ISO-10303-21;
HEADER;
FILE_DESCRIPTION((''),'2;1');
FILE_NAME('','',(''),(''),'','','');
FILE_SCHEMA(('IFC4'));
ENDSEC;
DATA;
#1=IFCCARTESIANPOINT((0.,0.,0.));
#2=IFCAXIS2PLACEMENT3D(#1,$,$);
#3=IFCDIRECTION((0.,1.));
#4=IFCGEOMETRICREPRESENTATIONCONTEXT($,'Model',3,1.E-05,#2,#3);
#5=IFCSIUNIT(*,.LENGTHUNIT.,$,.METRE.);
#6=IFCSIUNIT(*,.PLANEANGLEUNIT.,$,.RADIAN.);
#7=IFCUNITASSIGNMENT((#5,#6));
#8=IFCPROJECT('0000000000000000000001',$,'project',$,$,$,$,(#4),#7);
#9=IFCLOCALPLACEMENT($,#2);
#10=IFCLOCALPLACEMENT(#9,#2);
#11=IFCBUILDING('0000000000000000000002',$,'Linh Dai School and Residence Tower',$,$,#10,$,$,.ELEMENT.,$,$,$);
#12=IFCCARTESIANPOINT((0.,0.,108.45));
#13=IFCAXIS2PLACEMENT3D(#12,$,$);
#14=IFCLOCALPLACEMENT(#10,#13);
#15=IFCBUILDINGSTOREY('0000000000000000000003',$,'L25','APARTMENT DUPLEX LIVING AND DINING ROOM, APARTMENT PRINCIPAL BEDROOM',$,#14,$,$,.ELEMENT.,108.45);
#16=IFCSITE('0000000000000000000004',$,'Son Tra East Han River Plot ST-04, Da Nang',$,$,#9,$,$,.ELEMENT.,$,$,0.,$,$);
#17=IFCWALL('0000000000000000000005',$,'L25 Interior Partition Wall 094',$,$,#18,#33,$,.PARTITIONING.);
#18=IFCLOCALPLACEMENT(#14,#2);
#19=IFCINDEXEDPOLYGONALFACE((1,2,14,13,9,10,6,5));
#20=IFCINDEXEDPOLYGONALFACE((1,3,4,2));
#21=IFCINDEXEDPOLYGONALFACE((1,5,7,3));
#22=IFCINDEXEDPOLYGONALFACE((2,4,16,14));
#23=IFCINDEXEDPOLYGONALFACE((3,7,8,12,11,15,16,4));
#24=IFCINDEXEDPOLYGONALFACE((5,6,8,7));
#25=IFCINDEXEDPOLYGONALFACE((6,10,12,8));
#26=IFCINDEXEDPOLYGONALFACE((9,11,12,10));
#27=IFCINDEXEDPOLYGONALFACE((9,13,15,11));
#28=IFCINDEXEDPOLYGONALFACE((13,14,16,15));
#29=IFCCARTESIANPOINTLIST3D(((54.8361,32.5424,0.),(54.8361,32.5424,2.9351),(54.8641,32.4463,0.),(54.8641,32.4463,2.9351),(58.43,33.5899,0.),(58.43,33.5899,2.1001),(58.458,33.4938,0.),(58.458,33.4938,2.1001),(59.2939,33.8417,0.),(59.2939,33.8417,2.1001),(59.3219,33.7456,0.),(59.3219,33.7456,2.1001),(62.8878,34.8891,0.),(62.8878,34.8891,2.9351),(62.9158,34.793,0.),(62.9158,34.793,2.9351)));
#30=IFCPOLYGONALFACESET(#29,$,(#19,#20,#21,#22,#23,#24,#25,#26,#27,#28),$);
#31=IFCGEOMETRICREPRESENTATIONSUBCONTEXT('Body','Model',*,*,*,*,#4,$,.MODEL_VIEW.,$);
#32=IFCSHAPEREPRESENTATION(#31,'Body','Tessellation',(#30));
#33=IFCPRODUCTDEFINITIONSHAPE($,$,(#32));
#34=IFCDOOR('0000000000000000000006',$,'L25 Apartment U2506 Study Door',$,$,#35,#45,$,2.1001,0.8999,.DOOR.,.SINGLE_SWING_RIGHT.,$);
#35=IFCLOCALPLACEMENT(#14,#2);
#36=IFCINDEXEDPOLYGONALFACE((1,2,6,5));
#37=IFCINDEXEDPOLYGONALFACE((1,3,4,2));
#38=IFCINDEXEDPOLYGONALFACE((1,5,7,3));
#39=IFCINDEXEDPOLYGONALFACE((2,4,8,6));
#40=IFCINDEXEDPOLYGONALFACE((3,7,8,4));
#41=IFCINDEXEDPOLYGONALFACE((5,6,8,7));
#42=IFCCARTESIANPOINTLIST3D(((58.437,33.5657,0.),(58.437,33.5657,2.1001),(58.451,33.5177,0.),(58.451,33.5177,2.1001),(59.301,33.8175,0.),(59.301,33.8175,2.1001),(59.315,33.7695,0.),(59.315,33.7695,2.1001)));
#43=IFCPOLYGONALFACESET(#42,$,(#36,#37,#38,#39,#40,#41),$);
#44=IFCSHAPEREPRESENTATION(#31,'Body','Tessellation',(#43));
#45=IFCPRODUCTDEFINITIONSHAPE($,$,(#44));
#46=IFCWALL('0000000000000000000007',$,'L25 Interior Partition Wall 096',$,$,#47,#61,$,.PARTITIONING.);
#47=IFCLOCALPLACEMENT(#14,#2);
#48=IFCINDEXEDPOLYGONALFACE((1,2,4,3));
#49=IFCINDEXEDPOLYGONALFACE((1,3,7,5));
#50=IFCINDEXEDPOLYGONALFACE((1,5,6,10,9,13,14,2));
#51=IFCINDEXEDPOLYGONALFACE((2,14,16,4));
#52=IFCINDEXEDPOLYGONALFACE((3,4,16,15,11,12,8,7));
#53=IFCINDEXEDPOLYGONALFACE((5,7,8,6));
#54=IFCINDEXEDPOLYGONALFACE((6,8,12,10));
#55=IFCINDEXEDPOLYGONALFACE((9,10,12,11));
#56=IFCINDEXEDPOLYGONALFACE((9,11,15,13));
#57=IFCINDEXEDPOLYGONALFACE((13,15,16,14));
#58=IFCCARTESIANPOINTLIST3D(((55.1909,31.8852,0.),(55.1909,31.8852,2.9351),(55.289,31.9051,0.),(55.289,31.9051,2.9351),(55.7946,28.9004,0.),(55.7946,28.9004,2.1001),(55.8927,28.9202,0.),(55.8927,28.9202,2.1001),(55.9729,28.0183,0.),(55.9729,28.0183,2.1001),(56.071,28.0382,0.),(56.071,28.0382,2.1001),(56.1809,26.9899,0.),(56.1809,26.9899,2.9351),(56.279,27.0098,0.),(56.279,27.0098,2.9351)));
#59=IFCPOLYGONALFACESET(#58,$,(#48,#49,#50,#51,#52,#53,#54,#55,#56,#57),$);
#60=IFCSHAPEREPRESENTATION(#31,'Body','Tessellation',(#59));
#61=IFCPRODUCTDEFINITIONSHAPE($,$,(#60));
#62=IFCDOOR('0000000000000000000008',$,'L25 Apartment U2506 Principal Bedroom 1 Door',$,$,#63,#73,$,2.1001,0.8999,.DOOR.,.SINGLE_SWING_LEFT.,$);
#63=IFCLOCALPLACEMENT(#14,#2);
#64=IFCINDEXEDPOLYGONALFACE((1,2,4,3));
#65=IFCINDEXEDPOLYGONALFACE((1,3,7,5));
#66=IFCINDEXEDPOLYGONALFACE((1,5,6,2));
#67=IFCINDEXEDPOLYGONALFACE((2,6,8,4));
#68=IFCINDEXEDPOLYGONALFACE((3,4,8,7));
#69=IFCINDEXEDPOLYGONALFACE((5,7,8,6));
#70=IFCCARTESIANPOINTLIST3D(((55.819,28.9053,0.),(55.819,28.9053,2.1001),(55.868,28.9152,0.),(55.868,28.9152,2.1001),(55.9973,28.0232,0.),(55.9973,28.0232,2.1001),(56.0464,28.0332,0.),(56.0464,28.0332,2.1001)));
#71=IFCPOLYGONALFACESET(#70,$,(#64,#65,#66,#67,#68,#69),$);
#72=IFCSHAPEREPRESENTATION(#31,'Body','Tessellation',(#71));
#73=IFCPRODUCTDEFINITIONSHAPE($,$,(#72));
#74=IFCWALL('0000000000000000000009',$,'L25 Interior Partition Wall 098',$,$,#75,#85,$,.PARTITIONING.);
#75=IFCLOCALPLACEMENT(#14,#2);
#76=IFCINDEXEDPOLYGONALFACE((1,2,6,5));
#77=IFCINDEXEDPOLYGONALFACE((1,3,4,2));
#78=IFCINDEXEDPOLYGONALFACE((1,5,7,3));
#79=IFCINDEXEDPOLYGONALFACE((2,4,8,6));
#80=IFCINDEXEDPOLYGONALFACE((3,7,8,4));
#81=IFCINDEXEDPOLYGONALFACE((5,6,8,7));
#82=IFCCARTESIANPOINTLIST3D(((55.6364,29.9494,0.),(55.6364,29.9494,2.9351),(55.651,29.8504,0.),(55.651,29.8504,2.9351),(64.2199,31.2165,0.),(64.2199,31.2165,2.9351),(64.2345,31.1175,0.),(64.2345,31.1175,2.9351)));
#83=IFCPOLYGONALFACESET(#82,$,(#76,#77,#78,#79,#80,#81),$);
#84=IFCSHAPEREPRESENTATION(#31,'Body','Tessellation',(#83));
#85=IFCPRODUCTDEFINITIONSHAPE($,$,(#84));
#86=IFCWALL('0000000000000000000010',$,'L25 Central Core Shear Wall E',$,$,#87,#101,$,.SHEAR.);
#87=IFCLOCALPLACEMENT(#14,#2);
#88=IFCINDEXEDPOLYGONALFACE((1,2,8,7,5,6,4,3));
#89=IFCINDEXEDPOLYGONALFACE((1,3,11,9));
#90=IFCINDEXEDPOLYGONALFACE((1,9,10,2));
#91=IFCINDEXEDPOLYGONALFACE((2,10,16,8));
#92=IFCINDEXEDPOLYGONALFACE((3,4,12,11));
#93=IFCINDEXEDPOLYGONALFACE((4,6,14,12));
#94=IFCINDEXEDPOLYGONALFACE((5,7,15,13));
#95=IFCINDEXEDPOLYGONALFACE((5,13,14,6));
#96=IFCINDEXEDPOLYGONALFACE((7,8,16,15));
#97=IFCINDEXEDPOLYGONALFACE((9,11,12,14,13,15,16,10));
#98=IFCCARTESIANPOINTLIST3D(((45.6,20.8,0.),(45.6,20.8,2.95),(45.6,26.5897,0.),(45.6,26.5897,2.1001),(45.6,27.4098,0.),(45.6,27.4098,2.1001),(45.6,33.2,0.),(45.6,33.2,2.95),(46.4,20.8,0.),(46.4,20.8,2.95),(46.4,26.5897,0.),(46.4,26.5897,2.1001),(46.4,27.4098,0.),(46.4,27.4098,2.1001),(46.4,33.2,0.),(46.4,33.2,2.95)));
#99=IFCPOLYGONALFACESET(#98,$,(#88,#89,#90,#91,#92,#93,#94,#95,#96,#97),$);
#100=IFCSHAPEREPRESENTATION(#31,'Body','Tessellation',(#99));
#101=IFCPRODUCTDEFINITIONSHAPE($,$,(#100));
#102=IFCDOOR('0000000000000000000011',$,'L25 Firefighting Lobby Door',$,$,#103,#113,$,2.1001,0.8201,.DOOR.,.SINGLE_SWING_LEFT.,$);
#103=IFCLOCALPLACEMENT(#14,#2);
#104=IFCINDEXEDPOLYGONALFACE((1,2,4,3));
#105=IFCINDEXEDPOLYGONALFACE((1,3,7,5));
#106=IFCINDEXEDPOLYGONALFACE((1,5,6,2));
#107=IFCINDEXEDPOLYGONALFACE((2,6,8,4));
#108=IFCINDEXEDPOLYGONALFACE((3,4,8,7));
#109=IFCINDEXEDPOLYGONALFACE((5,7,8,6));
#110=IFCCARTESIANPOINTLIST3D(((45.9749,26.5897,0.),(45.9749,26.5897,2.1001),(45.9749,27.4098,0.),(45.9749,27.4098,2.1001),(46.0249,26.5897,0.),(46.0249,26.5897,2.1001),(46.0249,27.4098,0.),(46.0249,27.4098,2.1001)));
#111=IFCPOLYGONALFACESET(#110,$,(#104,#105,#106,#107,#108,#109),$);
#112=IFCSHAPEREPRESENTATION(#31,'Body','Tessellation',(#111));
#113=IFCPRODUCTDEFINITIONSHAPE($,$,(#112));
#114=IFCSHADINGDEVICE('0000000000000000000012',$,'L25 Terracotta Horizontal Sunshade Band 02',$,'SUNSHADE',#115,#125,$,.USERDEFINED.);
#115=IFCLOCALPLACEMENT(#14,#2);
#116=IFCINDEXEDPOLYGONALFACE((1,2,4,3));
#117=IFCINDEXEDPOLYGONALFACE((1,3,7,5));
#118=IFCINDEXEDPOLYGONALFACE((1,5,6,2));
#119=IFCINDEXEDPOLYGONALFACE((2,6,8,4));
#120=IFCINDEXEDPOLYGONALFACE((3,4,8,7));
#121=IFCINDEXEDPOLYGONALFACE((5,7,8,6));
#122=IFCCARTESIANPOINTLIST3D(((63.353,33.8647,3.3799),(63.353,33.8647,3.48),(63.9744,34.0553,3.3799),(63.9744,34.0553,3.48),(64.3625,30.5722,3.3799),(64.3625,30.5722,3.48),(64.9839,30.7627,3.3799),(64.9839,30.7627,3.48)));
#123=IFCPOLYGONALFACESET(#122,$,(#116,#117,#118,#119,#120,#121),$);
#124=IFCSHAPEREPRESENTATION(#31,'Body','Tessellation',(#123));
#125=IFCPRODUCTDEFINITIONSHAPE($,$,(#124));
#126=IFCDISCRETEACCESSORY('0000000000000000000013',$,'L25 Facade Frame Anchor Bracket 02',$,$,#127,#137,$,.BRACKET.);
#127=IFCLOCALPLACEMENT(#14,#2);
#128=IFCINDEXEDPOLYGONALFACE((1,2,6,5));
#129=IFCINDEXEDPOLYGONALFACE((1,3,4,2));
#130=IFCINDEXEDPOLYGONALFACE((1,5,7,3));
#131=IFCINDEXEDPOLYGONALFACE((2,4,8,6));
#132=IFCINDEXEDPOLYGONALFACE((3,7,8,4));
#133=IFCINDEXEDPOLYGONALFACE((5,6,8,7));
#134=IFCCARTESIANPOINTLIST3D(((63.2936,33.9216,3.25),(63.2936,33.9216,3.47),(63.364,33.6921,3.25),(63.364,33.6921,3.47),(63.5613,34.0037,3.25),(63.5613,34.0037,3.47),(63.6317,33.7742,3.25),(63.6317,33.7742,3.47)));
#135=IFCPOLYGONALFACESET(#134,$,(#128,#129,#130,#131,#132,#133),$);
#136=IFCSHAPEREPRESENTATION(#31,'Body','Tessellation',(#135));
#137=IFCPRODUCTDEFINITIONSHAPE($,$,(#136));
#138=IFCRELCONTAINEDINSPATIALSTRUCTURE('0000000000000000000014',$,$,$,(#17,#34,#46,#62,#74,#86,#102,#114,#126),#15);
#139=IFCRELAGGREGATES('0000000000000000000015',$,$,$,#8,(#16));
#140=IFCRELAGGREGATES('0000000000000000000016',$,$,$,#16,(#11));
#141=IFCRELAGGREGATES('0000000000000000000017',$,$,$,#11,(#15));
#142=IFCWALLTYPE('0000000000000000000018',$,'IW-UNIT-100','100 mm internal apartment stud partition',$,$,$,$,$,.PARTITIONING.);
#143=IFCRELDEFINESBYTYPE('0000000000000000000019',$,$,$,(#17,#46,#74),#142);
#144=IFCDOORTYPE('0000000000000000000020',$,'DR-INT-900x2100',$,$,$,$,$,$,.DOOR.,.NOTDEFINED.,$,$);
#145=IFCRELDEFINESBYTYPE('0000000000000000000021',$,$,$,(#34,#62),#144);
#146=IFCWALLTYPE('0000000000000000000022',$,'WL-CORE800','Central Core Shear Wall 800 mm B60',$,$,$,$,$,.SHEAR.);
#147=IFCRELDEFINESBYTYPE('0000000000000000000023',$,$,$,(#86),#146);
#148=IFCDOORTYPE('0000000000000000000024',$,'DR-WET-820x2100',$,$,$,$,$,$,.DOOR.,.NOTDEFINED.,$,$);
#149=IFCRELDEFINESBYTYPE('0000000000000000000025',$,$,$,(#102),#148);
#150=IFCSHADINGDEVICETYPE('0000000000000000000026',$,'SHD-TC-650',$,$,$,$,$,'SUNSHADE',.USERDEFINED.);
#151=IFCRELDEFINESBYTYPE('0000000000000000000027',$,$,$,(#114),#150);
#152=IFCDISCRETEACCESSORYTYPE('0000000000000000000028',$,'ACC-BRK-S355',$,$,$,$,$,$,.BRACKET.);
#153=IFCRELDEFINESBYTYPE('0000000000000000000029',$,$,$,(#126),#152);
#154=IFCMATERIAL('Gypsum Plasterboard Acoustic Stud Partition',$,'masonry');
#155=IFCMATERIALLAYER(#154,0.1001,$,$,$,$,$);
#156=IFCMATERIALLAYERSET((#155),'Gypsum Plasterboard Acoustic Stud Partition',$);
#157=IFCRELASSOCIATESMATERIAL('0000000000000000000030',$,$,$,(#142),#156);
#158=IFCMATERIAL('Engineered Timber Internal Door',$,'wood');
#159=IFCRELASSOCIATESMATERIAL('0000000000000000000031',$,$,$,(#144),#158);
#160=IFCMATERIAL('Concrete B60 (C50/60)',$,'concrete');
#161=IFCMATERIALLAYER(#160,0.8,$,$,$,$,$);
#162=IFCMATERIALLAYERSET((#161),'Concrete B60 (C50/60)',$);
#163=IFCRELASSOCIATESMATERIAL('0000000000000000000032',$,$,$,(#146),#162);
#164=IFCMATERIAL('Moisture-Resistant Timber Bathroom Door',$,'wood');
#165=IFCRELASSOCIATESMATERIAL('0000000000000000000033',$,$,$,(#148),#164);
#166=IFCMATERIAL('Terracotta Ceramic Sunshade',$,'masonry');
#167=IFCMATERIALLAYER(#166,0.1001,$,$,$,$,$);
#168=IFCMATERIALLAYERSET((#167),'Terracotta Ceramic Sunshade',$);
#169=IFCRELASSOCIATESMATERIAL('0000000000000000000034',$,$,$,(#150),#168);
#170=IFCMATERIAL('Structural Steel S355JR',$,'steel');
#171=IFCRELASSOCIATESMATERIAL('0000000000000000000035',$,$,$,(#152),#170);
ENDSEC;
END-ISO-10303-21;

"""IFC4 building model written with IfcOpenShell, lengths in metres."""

from ifc_helpers import new_model, si_unit, direction, frame, frame_2d, origin, origin_2d, place, context, subcontext, project, spatial, rectangle, extrude, source, transform, mapped, material, layer, layer_set, type_object, element, fill, save


model = new_model("IFC4")

# Units and contexts
model_context = context("Model", 3, precision=1e-05, world=origin(), true_north=direction((0.0, 1.0)))
body_context = subcontext(model_context, "Body", "Model", "MODEL_VIEW")
ifc_project = project(units=[si_unit("LENGTHUNIT", "METRE"), si_unit("PLANEANGLEUNIT", "RADIAN")], contexts=[model_context])

# Site, building, storey
site_placement = place(None, origin())
site = spatial("IfcSite", under=ifc_project, at=site_placement, Name="Son Tra East Han River Plot ST-04, Da Nang", CompositionType="ELEMENT", RefElevation=0.0)
building_placement = place(site_placement, origin())
building = spatial("IfcBuilding", under=site, at=building_placement, Name="Linh Dai School and Residence Tower", CompositionType="ELEMENT")
storey_placement = place(building_placement, frame((0.0, 0.0, 108.45)))
storey = spatial("IfcBuildingStorey", under=building, at=storey_placement, Name="L25", Description="APARTMENT DUPLEX LIVING AND DINING ROOM, APARTMENT PRINCIPAL BEDROOM", CompositionType="ELEMENT", Elevation=108.45)

# Shared definitions
ifc_material_1 = material(Name="Concrete B60 (C50/60)", Category="concrete")
ifc_material_2 = material(Name="Structural Steel S355JR", Category="steel")

# Shared definitions
ifc_material_3 = material(Name="Gypsum Plasterboard Acoustic Stud Partition", Category="masonry")
ifc_layer_1 = layer(ifc_material_3, 0.1001)
ifc_layer_set_1 = layer_set([ifc_layer_1], Name="Gypsum Plasterboard Acoustic Stud Partition")
wall_type_1 = type_object("IfcWallType", Name="IW-UNIT-100", Description="100 mm internal apartment stud partition", PredefinedType="PARTITIONING", material=ifc_layer_set_1)

# Walls, openings, doors
wall_1_placement = place(storey_placement, frame((54.8501, 32.4944, 0.0), z_axis=(0.0, 0.0, 1.0), x_axis=(0.960056, 0.279808, 0.0)))
wall_1 = element("IfcWall", 1, at=wall_1_placement, inside=storey, type_object=wall_type_1, Name="L25 Interior Partition Wall 094", PredefinedType="PARTITIONING", context=body_context, shape_type="SweptSolid", body=[
    extrude(rectangle(XDim=8.3867, YDim=0.1001, at=frame_2d((4.1934, 0.0))), origin(), (0.0, 0.0, 1.0), 2.9351),
])
opening_1_placement = place(wall_1_placement, frame((3.7434, 0.0, 0.0)))
opening_1 = element("IfcOpeningElement", 2, at=opening_1_placement, cuts=wall_1, PredefinedType="OPENING", context=body_context, shape_type="SweptSolid", body=[
    extrude(rectangle(XDim=0.8999, YDim=2.1001, at=origin_2d()), frame((0.45, 0.0601, 1.05), z_axis=(0.0, -1.0, 0.0), x_axis=(1.0, 0.0, 0.0)), (0.0, 0.0, 1.0), 0.1201),
])
ifc_material_4 = material(Name="Engineered Timber Internal Door", Category="wood")
door_type_1 = type_object("IfcDoorType", Name="DR-INT-900x2100", OperationType="NOTDEFINED", PredefinedType="DOOR", material=ifc_material_4)
shared_shape_1 = source(origin(), body_context, "Body", "SweptSolid", [
    extrude(rectangle(XDim=0.8999, YDim=2.1001, at=origin_2d()), frame((0.45, 0.0249, 1.05), z_axis=(0.0, -1.0, 0.0), x_axis=(1.0, 0.0, 0.0)), (0.0, 0.0, 1.0), 0.05),
])
door_1_placement = place(opening_1_placement, origin())
door_1 = element("IfcDoor", 3, at=door_1_placement, inside=storey, type_object=door_type_1, Name="L25 Apartment U2506 Study Door", OperationType="SINGLE_SWING_RIGHT", OverallHeight=2.1001, OverallWidth=0.8999, PredefinedType="DOOR", context=body_context, shape_type="MappedRepresentation", body=[
    mapped(shared_shape_1, transform((0.0, 0.0, 0.0), x_axis=(1.0, 0.0, 0.0), y_axis=(0.0, 1.0, 0.0), z_axis=(0.0, 0.0, 1.0), scale=1.0)),
])
fill(opening_1, door_1)
wall_2_placement = place(storey_placement, frame((55.24, 31.895, 0.0), z_axis=(0.0, 0.0, 1.0), x_axis=(0.198221, -0.980157, 0.0)))
wall_2 = element("IfcWall", 4, at=wall_2_placement, inside=storey, type_object=wall_type_1, Name="L25 Interior Partition Wall 096", PredefinedType="PARTITIONING", context=body_context, shape_type="SweptSolid", body=[
    extrude(rectangle(XDim=4.9944, YDim=0.1001, at=frame_2d((2.4971, 0.0))), origin(), (0.0, 0.0, 1.0), 2.9351),
])
opening_2_placement = place(wall_2_placement, frame((3.0452, 0.0, 0.0)))
opening_2 = element("IfcOpeningElement", 5, at=opening_2_placement, cuts=wall_2, PredefinedType="OPENING", context=body_context, shape_type="SweptSolid", body=[
    extrude(rectangle(XDim=0.8999, YDim=2.1001, at=origin_2d()), frame((0.45, 0.0601, 1.05), z_axis=(0.0, -1.0, 0.0), x_axis=(1.0, 0.0, 0.0)), (0.0, 0.0, 1.0), 0.1201),
])
door_2_placement = place(opening_2_placement, origin())
door_2 = element("IfcDoor", 6, at=door_2_placement, inside=storey, type_object=door_type_1, Name="L25 Apartment U2506 Principal Bedroom 1 Door", OperationType="SINGLE_SWING_LEFT", OverallHeight=2.1001, OverallWidth=0.8999, PredefinedType="DOOR", context=body_context, shape_type="MappedRepresentation", body=[
    mapped(shared_shape_1, transform((0.0, 0.0, 0.0), x_axis=(1.0, 0.0, 0.0), y_axis=(0.0, 1.0, 0.0), z_axis=(0.0, 0.0, 1.0), scale=1.0)),
])
fill(opening_2, door_2)

# Wall
wall_3_placement = place(storey_placement, frame((55.6436, 29.8999, 0.0), z_axis=(0.0, 0.0, 1.0), x_axis=(0.989279, 0.146037, 0.0)))
element("IfcWall", 7, at=wall_3_placement, inside=storey, type_object=wall_type_1, Name="L25 Interior Partition Wall 098", PredefinedType="PARTITIONING", context=body_context, shape_type="SweptSolid", body=[
    extrude(rectangle(XDim=8.6765, YDim=0.1001, at=frame_2d((4.3384, 0.0))), origin(), (0.0, 0.0, 1.0), 2.9351),
])

# Wall, opening, door
ifc_layer_2 = layer(ifc_material_1, 0.8)
ifc_layer_set_2 = layer_set([ifc_layer_2], Name="Concrete B60 (C50/60)")
wall_type_2 = type_object("IfcWallType", Name="WL-CORE800", Description="Central Core Shear Wall 800 mm B60", PredefinedType="SHEAR", material=ifc_layer_set_2)
wall_4_placement = place(storey_placement, frame((46.0, 33.2, 0.0), z_axis=(0.0, 0.0, 1.0), x_axis=(0.0, -1.0, 0.0)))
wall_4 = element("IfcWall", 8, at=wall_4_placement, inside=storey, type_object=wall_type_2, Name="L25 Central Core Shear Wall E", PredefinedType="SHEAR", context=body_context, shape_type="SweptSolid", body=[
    extrude(rectangle(XDim=12.3999, YDim=0.8, at=frame_2d((6.2, 0.0))), origin(), (0.0, 0.0, 1.0), 2.95),
])
opening_3_placement = place(wall_4_placement, frame((5.79, 0.0, 0.0)))
opening_3 = element("IfcOpeningElement", 9, at=opening_3_placement, cuts=wall_4, PredefinedType="OPENING", context=body_context, shape_type="SweptSolid", body=[
    extrude(rectangle(XDim=0.8201, YDim=2.1001, at=origin_2d()), frame((0.4102, 0.4102, 1.05), z_axis=(0.0, -1.0, 0.0), x_axis=(1.0, 0.0, 0.0)), (0.0, 0.0, 1.0), 0.8201),
])
ifc_material_5 = material(Name="Moisture-Resistant Timber Bathroom Door", Category="wood")
door_type_2 = type_object("IfcDoorType", Name="DR-WET-820x2100", OperationType="NOTDEFINED", PredefinedType="DOOR", material=ifc_material_5)
shared_shape_2 = source(origin(), body_context, "Body", "SweptSolid", [
    extrude(rectangle(XDim=0.8201, YDim=2.1001, at=origin_2d()), frame((0.4102, 0.0249, 1.05), z_axis=(0.0, -1.0, 0.0), x_axis=(1.0, 0.0, 0.0)), (0.0, 0.0, 1.0), 0.05),
])
door_3_placement = place(opening_3_placement, origin())
door_3 = element("IfcDoor", 10, at=door_3_placement, inside=storey, type_object=door_type_2, Name="L25 Firefighting Lobby Door", OperationType="SINGLE_SWING_LEFT", OverallHeight=2.1001, OverallWidth=0.8201, PredefinedType="DOOR", context=body_context, shape_type="MappedRepresentation", body=[
    mapped(shared_shape_2, transform((0.0, 0.0, 0.0), x_axis=(1.0, 0.0, 0.0), y_axis=(0.0, 1.0, 0.0), z_axis=(0.0, 0.0, 1.0), scale=1.0)),
])
fill(opening_3, door_3)

# Shading device
ifc_material_6 = material(Name="Terracotta Ceramic Sunshade", Category="masonry")
ifc_layer_3 = layer(ifc_material_6, 0.1001)
ifc_layer_set_3 = layer_set([ifc_layer_3], Name="Terracotta Ceramic Sunshade")
shading_device_type = type_object("IfcShadingDeviceType", Name="SHD-TC-650", ElementType="SUNSHADE", PredefinedType="USERDEFINED", material=ifc_layer_set_3)
shared_shape_3 = source(origin(), body_context, "Body", "SweptSolid", [
    extrude(rectangle(XDim=3.4438, YDim=0.6499, at=origin_2d()), origin(), (0.0, 0.0, 1.0), 0.1001),
])
shading_device_placement = place(storey_placement, frame((64.1685, 32.3137, 3.3799), z_axis=(0.0, 0.0, 1.0), x_axis=(0.293134, -0.956072, 0.0)))
element("IfcShadingDevice", 11, at=shading_device_placement, inside=storey, type_object=shading_device_type, Name="L25 Terracotta Horizontal Sunshade Band 02", ObjectType="SUNSHADE", PredefinedType="USERDEFINED", context=body_context, shape_type="MappedRepresentation", body=[
    mapped(shared_shape_3, transform((0.0, 0.0, 0.0), x_axis=(1.0, 0.0, 0.0), y_axis=(0.0, 1.0, 0.0), z_axis=(0.0, 0.0, 1.0), scale=1.0)),
])

# Discrete accessory
discrete_accessory_type = type_object("IfcDiscreteAccessoryType", Name="ACC-BRK-S355", PredefinedType="BRACKET", material=ifc_material_2)
shared_shape_4 = source(origin(), body_context, "Body", "SweptSolid", [
    extrude(rectangle(XDim=0.28, YDim=0.24, at=origin_2d()), origin(), (0.0, 0.0, 1.0), 0.22),
])
discrete_accessory_placement = place(storey_placement, frame((63.4626, 33.8479, 3.25), z_axis=(0.0, 0.0, 1.0), x_axis=(0.956072, 0.293134, 0.0)))
element("IfcDiscreteAccessory", 12, at=discrete_accessory_placement, inside=storey, type_object=discrete_accessory_type, Name="L25 Facade Frame Anchor Bracket 02", PredefinedType="BRACKET", context=body_context, shape_type="MappedRepresentation", body=[
    mapped(shared_shape_4, transform((0.0, 0.0, 0.0), x_axis=(1.0, 0.0, 0.0), y_axis=(0.0, 1.0, 0.0), z_axis=(0.0, 0.0, 1.0), scale=1.0)),
])

save(model, "model.ifc")
